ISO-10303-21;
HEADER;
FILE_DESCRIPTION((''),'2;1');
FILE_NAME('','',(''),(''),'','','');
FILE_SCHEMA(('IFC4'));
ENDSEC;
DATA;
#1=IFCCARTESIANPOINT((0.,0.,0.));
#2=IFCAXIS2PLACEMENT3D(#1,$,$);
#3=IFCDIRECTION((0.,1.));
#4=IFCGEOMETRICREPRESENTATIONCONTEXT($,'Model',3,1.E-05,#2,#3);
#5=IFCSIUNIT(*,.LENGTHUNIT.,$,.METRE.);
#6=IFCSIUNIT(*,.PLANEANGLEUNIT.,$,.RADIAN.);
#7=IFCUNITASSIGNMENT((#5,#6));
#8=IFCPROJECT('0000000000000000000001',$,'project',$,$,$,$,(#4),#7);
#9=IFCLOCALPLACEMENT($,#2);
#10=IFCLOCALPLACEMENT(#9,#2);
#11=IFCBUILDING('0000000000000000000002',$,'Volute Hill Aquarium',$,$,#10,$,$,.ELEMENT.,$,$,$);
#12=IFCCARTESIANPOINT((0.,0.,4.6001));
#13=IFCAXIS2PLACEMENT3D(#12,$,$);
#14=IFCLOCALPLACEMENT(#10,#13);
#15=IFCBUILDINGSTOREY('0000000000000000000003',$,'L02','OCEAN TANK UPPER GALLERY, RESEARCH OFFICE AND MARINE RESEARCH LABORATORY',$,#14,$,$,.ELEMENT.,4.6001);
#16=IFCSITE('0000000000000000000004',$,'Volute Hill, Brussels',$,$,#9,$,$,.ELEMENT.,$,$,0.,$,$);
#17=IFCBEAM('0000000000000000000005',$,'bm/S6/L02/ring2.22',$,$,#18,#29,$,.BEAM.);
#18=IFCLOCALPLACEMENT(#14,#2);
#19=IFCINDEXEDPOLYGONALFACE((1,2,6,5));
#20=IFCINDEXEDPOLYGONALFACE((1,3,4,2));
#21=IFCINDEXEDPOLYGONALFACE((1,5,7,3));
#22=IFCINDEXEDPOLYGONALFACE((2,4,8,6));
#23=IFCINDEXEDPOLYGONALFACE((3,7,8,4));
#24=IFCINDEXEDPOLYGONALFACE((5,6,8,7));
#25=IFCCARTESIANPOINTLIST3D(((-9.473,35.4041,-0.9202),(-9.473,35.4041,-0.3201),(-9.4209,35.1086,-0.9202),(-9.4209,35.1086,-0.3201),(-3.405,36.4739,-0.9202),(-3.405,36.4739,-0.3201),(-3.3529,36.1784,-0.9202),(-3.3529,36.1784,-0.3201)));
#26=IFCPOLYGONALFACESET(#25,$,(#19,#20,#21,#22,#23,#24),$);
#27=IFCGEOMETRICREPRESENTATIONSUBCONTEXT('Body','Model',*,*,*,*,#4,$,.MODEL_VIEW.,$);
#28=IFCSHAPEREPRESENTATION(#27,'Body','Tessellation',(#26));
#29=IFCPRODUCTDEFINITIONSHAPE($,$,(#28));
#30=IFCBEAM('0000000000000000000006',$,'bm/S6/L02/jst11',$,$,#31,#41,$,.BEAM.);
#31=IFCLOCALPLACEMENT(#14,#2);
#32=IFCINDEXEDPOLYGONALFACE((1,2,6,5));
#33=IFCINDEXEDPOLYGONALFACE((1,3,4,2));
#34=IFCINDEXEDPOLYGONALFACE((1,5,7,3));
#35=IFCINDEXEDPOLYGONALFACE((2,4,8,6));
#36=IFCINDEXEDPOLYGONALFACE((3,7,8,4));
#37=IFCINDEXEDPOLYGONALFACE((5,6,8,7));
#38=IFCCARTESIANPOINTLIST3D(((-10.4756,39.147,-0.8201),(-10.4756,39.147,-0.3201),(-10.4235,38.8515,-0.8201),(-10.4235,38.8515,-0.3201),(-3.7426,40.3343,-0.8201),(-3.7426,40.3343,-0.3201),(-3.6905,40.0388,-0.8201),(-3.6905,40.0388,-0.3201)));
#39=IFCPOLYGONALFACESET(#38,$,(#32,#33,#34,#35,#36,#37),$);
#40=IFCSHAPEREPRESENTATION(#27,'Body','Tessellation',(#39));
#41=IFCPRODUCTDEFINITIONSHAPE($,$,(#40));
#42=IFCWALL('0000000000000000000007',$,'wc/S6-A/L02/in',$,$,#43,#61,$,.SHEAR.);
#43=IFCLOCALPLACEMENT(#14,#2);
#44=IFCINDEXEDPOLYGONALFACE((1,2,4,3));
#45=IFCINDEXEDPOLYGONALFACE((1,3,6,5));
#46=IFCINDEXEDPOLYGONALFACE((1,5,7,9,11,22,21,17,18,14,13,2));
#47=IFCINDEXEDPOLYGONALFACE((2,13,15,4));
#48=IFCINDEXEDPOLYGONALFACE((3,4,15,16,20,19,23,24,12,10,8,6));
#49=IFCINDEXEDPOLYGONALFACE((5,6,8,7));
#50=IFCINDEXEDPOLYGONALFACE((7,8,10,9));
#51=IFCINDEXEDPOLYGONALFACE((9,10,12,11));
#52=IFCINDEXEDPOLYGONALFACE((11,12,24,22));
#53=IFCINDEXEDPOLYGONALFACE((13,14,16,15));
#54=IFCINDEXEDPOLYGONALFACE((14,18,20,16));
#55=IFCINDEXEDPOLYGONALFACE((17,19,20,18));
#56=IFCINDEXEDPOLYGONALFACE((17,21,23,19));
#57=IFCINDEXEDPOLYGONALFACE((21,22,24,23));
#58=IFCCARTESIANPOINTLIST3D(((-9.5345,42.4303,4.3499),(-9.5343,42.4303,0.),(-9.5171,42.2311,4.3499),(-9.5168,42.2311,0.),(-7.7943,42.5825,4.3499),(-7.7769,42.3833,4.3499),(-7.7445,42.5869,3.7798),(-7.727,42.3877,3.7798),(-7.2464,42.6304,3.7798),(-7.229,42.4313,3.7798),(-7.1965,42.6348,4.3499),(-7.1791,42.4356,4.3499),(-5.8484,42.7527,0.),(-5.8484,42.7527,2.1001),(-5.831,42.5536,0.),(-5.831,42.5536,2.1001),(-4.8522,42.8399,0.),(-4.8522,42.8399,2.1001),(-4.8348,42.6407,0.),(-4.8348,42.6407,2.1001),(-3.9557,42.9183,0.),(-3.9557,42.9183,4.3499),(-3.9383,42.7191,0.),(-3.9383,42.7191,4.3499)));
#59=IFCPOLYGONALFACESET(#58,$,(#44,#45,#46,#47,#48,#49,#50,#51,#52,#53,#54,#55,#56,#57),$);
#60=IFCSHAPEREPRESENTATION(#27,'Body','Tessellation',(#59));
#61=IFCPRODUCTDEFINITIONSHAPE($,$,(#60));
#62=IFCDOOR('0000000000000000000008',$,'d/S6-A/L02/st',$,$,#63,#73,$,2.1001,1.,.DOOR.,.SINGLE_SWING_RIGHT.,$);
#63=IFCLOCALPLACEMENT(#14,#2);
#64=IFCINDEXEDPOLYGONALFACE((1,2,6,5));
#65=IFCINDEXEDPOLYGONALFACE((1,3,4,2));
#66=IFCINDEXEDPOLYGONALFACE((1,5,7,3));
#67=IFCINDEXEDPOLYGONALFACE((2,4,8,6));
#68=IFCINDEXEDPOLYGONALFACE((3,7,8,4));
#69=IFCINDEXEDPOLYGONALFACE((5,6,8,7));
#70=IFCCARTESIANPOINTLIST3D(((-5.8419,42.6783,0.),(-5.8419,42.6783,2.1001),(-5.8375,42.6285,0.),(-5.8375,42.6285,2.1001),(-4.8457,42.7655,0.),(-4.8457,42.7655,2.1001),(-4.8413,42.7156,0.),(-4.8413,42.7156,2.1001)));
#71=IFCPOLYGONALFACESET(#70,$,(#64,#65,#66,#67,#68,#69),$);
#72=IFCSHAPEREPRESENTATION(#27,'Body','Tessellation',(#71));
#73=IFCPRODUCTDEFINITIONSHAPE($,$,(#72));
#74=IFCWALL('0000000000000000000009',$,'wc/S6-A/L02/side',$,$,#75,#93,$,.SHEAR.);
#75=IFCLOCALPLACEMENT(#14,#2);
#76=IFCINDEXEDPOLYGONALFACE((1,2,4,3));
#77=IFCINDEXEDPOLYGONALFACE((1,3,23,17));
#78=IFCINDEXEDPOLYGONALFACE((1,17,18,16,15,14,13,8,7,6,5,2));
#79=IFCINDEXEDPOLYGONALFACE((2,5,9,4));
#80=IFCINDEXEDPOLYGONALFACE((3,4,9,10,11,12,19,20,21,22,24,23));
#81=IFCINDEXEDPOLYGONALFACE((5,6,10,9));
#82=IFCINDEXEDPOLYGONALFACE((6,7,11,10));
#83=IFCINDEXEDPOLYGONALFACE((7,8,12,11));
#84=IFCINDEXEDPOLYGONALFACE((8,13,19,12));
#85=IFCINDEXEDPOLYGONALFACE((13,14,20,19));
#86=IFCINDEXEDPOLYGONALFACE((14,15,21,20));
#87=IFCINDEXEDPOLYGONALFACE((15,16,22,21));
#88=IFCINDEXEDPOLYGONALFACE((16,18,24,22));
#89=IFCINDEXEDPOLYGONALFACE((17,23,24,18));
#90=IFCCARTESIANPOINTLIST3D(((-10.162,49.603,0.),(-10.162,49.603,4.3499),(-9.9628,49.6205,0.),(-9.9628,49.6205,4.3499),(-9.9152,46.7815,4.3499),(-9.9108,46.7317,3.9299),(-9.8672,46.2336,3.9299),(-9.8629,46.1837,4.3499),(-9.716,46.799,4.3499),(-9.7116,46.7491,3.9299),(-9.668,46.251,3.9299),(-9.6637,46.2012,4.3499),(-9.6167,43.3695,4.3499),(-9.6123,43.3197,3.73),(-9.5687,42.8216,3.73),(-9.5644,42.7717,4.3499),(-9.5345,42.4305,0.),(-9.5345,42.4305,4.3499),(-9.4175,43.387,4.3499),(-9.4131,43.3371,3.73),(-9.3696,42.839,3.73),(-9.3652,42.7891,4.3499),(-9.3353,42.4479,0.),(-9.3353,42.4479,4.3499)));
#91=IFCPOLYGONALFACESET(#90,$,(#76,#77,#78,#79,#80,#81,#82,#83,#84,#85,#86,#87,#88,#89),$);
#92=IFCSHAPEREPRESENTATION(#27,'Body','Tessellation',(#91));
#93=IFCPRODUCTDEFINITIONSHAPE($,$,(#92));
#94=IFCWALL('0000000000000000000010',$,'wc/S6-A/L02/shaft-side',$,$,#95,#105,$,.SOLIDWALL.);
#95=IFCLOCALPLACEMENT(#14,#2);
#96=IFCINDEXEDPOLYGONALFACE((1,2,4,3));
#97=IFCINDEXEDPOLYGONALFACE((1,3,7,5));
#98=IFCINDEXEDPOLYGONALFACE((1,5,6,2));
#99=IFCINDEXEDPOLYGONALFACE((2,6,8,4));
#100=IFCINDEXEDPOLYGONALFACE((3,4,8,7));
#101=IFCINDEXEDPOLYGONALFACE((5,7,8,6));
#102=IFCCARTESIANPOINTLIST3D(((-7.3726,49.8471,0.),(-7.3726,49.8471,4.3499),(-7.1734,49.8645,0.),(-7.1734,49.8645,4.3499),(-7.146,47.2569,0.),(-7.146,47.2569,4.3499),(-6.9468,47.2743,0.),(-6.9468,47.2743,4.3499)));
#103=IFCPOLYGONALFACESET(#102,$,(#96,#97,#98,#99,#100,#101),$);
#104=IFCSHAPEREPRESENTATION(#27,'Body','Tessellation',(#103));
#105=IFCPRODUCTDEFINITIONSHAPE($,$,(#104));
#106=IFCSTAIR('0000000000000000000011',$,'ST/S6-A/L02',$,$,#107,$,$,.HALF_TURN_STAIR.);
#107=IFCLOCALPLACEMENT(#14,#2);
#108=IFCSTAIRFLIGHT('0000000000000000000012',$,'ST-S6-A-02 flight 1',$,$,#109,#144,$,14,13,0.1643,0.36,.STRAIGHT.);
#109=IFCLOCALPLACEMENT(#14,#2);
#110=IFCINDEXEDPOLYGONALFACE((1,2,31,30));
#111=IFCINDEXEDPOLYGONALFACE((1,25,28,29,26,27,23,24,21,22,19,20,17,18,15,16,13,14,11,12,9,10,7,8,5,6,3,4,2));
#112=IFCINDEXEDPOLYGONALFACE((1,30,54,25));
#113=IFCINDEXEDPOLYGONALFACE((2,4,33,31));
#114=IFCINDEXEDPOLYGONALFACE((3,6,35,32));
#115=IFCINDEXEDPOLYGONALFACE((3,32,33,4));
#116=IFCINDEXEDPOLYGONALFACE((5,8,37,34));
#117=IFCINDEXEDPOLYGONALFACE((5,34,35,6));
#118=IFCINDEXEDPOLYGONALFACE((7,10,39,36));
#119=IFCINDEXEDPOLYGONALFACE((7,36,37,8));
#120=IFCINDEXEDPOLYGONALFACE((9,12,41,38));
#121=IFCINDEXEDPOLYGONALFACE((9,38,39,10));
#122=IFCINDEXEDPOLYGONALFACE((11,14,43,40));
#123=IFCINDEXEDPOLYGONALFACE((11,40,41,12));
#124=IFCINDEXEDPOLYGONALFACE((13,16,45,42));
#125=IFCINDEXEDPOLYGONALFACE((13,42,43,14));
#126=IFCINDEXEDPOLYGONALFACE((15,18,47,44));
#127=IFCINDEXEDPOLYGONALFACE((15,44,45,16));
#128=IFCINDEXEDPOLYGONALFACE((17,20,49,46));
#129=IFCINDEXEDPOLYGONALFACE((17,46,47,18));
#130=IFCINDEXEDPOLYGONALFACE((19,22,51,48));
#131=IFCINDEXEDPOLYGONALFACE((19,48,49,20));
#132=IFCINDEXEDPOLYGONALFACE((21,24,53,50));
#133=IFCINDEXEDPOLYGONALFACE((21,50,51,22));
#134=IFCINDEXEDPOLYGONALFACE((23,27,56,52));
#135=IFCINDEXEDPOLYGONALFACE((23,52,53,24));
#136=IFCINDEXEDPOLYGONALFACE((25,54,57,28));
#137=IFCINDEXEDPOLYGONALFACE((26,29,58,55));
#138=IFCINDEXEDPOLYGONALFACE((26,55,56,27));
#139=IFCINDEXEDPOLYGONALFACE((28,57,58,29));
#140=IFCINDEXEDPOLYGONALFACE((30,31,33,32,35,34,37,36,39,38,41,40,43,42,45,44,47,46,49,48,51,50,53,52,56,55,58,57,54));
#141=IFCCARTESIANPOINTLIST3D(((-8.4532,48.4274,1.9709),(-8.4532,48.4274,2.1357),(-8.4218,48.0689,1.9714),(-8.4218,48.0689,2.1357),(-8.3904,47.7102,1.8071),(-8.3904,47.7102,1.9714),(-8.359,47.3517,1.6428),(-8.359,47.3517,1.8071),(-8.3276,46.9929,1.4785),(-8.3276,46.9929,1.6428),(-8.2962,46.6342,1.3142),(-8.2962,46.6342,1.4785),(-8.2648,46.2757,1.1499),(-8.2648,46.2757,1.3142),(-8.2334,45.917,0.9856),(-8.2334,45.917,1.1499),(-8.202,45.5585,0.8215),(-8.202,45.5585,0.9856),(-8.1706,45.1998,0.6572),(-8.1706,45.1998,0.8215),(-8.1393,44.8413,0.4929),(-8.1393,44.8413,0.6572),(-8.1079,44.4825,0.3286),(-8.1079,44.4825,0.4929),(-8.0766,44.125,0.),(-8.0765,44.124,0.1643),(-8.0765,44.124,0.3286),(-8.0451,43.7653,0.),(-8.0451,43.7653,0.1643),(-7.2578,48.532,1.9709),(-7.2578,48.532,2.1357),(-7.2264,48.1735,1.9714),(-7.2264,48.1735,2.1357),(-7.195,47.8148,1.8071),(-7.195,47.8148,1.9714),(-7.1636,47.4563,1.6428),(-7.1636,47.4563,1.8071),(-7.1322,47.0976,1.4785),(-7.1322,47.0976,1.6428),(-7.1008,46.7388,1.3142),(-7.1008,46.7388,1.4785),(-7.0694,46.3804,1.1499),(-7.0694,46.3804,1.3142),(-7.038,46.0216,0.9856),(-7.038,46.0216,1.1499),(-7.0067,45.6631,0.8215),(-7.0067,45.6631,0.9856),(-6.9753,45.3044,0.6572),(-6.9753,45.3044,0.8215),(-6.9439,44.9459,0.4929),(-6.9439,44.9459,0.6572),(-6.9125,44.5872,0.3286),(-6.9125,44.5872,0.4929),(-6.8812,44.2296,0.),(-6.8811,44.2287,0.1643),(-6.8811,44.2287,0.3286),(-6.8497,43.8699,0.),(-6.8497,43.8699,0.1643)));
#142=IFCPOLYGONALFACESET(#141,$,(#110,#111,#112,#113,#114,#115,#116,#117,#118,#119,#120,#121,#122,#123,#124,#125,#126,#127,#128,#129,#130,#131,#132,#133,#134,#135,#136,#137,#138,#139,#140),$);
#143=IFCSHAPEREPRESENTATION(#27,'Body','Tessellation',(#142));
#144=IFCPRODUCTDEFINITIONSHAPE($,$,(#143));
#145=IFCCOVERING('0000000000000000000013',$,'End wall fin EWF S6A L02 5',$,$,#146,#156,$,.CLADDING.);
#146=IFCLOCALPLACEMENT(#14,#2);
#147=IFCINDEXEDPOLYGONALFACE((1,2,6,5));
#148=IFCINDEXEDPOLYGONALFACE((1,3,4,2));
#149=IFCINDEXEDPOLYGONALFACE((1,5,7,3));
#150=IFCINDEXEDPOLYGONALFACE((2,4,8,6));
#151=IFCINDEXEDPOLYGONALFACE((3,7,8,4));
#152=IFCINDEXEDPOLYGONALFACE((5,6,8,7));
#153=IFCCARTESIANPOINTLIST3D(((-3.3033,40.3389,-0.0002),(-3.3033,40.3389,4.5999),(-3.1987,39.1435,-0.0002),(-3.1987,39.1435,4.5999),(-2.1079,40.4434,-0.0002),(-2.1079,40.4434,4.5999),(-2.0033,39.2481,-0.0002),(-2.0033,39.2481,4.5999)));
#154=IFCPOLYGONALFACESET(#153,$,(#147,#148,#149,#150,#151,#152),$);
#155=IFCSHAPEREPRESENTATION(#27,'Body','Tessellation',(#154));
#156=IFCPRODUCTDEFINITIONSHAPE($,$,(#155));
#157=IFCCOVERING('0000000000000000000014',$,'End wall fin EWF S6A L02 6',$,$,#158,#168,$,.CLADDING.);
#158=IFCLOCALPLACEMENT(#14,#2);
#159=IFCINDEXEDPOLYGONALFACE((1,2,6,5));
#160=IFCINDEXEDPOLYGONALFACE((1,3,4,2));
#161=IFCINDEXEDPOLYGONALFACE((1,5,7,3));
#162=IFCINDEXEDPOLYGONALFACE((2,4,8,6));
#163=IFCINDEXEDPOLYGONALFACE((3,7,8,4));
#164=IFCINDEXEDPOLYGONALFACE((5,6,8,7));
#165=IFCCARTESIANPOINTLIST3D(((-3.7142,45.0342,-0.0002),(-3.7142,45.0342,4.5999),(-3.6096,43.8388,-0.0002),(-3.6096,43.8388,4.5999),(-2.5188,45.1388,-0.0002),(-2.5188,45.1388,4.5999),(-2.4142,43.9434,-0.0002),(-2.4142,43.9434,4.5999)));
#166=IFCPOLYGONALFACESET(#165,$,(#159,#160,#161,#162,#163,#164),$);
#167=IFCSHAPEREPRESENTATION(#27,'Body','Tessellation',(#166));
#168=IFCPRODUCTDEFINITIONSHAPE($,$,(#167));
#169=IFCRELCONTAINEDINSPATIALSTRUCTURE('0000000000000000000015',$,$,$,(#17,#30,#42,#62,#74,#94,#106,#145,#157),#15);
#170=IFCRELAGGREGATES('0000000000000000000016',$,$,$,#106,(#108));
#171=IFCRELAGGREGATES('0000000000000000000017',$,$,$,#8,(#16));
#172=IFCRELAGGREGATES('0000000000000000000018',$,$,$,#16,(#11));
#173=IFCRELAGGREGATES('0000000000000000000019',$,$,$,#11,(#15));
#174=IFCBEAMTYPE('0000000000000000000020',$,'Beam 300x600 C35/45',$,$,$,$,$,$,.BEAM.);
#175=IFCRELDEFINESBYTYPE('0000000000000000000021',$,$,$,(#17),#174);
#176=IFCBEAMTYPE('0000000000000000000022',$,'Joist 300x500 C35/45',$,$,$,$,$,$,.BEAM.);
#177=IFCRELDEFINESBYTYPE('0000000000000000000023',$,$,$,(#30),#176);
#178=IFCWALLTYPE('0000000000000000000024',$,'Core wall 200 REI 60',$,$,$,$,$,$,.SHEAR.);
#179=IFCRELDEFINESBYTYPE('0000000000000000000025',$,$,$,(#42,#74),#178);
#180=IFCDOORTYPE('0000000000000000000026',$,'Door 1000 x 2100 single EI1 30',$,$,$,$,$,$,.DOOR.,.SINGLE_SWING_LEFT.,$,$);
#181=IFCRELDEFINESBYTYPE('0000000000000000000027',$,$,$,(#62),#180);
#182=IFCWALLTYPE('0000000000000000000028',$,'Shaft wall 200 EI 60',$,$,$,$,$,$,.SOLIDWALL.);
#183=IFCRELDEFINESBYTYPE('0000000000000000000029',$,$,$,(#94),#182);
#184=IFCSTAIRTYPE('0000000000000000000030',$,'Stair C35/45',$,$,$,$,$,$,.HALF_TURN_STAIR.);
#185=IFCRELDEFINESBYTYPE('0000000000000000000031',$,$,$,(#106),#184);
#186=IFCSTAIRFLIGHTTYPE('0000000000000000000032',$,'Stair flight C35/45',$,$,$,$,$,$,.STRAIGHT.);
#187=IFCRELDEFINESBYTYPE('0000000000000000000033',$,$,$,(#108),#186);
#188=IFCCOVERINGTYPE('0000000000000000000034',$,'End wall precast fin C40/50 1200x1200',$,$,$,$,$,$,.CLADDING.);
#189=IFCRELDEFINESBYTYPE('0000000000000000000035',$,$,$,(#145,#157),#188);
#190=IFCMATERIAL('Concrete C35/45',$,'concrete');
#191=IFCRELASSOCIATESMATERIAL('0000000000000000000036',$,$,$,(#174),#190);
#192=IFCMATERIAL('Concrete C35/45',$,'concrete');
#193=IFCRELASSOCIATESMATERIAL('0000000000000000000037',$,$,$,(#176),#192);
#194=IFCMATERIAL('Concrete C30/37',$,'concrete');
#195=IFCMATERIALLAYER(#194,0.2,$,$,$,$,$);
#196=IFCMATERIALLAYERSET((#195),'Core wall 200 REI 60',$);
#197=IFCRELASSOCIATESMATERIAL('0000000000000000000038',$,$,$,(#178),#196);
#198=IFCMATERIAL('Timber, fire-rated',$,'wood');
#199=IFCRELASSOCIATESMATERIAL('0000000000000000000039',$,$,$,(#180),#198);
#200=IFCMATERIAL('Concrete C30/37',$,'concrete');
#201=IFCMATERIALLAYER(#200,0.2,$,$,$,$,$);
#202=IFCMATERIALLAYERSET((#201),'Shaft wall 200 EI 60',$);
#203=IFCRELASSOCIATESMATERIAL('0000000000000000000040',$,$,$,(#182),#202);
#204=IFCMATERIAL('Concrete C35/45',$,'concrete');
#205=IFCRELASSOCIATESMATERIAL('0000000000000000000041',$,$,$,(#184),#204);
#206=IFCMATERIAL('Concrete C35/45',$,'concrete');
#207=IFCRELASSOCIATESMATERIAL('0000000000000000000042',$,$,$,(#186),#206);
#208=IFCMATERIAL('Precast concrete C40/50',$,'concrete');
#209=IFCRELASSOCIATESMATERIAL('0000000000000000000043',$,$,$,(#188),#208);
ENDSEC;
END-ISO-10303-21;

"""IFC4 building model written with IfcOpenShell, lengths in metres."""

from ifc_helpers import new_model, si_unit, direction, frame, frame_2d, origin, origin_2d, place, context, subcontext, project, spatial, polyline, rectangle, outline, extrude, material, layer, layer_set, material_profile, profile_set, type_object, element, fill, aggregate, save


model = new_model("IFC4")

# Units and contexts
model_context = context("Model", 3, precision=1e-05, world=origin(), true_north=direction((0.0, 1.0)))
body_context = subcontext(model_context, "Body", "Model", "MODEL_VIEW")
ifc_project = project(units=[si_unit("LENGTHUNIT", "METRE"), si_unit("PLANEANGLEUNIT", "RADIAN")], contexts=[model_context])

# Site, building, storey
site_placement = place(None, origin())
site = spatial("IfcSite", under=ifc_project, at=site_placement, Name="Volute Hill, Brussels", CompositionType="ELEMENT", RefElevation=0.0)
building_placement = place(site_placement, origin())
building = spatial("IfcBuilding", under=site, at=building_placement, Name="Volute Hill Aquarium", CompositionType="ELEMENT")
storey_placement = place(building_placement, frame((0.0, 0.0, 4.6001)))
storey = spatial("IfcBuildingStorey", under=building, at=storey_placement, Name="L02", Description="OCEAN TANK UPPER GALLERY, RESEARCH OFFICE AND MARINE RESEARCH LABORATORY", CompositionType="ELEMENT", Elevation=4.6001)

# Beams
ifc_material_1 = material(Name="Concrete C35/45", Category="concrete")
ifc_material_profile_1 = material_profile(ifc_material_1, rectangle(XDim=0.3, YDim=0.6001, at=origin_2d()), Name="RC beam 300x600")
ifc_profile_set_1 = profile_set([ifc_material_profile_1], Name="Concrete C35/45")
beam_type_1 = type_object("IfcBeamType", Name="Beam 300x600 C35/45", PredefinedType="BEAM", material=ifc_profile_set_1)
beam_1_placement = place(storey_placement, frame((-3.3789, 36.3262, -0.6201), z_axis=(-0.984812, -0.173625, 0.0), x_axis=(0.173625, -0.984812, 0.0)))
element("IfcBeam", 1, at=beam_1_placement, inside=storey, type_object=beam_type_1, Name="bm/S6/L02/ring2.22", PredefinedType="BEAM", context=body_context, shape_type="SweptSolid", body=[
    extrude(rectangle(XDim=0.3, YDim=0.6001, at=origin_2d()), origin(), (0.0, 0.0, 1.0), 6.1616),
])
ifc_material_2 = material(Name="Concrete C35/45", Category="concrete")
ifc_material_profile_2 = material_profile(ifc_material_2, rectangle(XDim=0.3, YDim=0.5, at=origin_2d()), Name="RC joist 300x500")
ifc_profile_set_2 = profile_set([ifc_material_profile_2], Name="Concrete C35/45")
beam_type_2 = type_object("IfcBeamType", Name="Joist 300x500 C35/45", PredefinedType="BEAM", material=ifc_profile_set_2)
beam_2_placement = place(storey_placement, frame((-3.7166, 40.1865, -0.5701), z_axis=(-0.984807, -0.173651, 0.0), x_axis=(0.173651, -0.984807, 0.0)))
element("IfcBeam", 2, at=beam_2_placement, inside=storey, type_object=beam_type_2, Name="bm/S6/L02/jst11", PredefinedType="BEAM", context=body_context, shape_type="SweptSolid", body=[
    extrude(rectangle(XDim=0.3, YDim=0.5, at=origin_2d()), origin(), (0.0, 0.0, 1.0), 6.8369),
])

# Wall, opening, door
ifc_material_3 = material(Name="Concrete C30/37", Category="concrete")
ifc_layer_1 = layer(ifc_material_3, 0.2)
ifc_layer_set_1 = layer_set([ifc_layer_1], Name="Core wall 200 REI 60")
wall_type_1 = type_object("IfcWallType", Name="Core wall 200 REI 60", PredefinedType="SHEAR", material=ifc_layer_set_1)
wall_1_placement = place(storey_placement, frame((-3.947, 42.8188, 0.0), z_axis=(0.0, 0.0, 1.0), x_axis=(-0.996195, -0.087151, 0.0)))
wall_1 = element("IfcWall", 3, at=wall_1_placement, inside=storey, type_object=wall_type_1, Name="wc/S6-A/L02/in", PredefinedType="SHEAR", context=body_context, shape_type="SweptSolid", body=[
    extrude(outline(polyline([(0.0, 0.0), (5.5999, 0.0), (5.6001, 4.3499), (3.8533, 4.3499), (3.8032, 3.7798), (3.3032, 3.7798), (3.2532, 4.3499), (0.0, 4.3499), (0.0, 0.0)])), frame((0.0, 0.1001, 0.0), z_axis=(0.0, -1.0, 0.0), x_axis=(1.0, 0.0, 0.0)), (0.0, 0.0, 1.0), 0.2),
])
opening_placement = place(wall_1_placement, frame((0.8999, 0.0, 0.0)))
opening = element("IfcOpeningElement", 4, at=opening_placement, cuts=wall_1, PredefinedType="OPENING", context=body_context, shape_type="SweptSolid", body=[
    extrude(rectangle(XDim=1.0, YDim=2.1001, at=frame_2d((0.5, 1.05))), frame((0.0, 0.1099, 0.0), z_axis=(0.0, -1.0, 0.0), x_axis=(1.0, 0.0, 0.0)), (0.0, 0.0, 1.0), 0.22),
])
ifc_material_4 = material(Name="Timber, fire-rated", Category="wood")
door_type = type_object("IfcDoorType", Name="Door 1000 x 2100 single EI1 30", OperationType="SINGLE_SWING_LEFT", PredefinedType="DOOR", material=ifc_material_4)
door_placement = place(opening_placement, origin())
door = element("IfcDoor", 5, at=door_placement, inside=storey, type_object=door_type, Name="d/S6-A/L02/st", OperationType="SINGLE_SWING_RIGHT", OverallHeight=2.1001, OverallWidth=1.0, PredefinedType="DOOR", context=body_context, shape_type="SweptSolid", body=[
    extrude(rectangle(XDim=1.0, YDim=2.1001, at=frame_2d((0.5, 1.05))), frame((0.0, 0.0249, 0.0), z_axis=(0.0, -1.0, 0.0), x_axis=(1.0, 0.0, 0.0)), (0.0, 0.0, 1.0), 0.05),
])
fill(opening, door)

# Walls
wall_2_placement = place(storey_placement, frame((-9.4348, 42.4392, 0.0), z_axis=(0.0, 0.0, 1.0), x_axis=(-0.087145, 0.996196, 0.0)))
element("IfcWall", 6, at=wall_2_placement, inside=storey, type_object=wall_type_1, Name="wc/S6-A/L02/side", PredefinedType="SHEAR", context=body_context, shape_type="SweptSolid", body=[
    extrude(outline(polyline([(0.0, 0.0), (7.2, 0.0), (7.2, 4.3499), (4.3677, 4.3499), (4.3176, 3.9299), (3.8176, 3.9299), (3.7676, 4.3499), (0.9426, 4.3499), (0.8926, 3.73), (0.3926, 3.73), (0.3425, 4.3499), (0.0, 4.3499), (0.0, 0.0)])), frame((0.0, 0.1001, 0.0), z_axis=(0.0, -1.0, 0.0), x_axis=(1.0, 0.0, 0.0)), (0.0, 0.0, 1.0), 0.2),
])
ifc_material_5 = material(Name="Concrete C30/37", Category="concrete")
ifc_layer_2 = layer(ifc_material_5, 0.2)
ifc_layer_set_2 = layer_set([ifc_layer_2], Name="Shaft wall 200 EI 60")
wall_type_2 = type_object("IfcWallType", Name="Shaft wall 200 EI 60", PredefinedType="SOLIDWALL", material=ifc_layer_set_2)
wall_3_placement = place(storey_placement, frame((-7.0464, 47.2656, 0.0), z_axis=(0.0, 0.0, 1.0), x_axis=(-0.08714, 0.996196, 0.0)))
element("IfcWall", 7, at=wall_3_placement, inside=storey, type_object=wall_type_2, Name="wc/S6-A/L02/shaft-side", PredefinedType="SOLIDWALL", context=body_context, shape_type="SweptSolid", body=[
    extrude(rectangle(XDim=2.6001, YDim=0.2, at=frame_2d((1.3, 0.0))), origin(), (0.0, 0.0, 1.0), 4.3499),
])

# Stair, stair flight
ifc_material_6 = material(Name="Concrete C35/45", Category="concrete")
stair_type = type_object("IfcStairType", Name="Stair C35/45", PredefinedType="HALF_TURN_STAIR", material=ifc_material_6)
stair_placement = place(storey_placement, origin())
stair = element("IfcStair", 8, at=stair_placement, inside=storey, type_object=stair_type, Name="ST/S6-A/L02", PredefinedType="HALF_TURN_STAIR")
ifc_material_7 = material(Name="Concrete C35/45", Category="concrete")
stair_flight_type = type_object("IfcStairFlightType", Name="Stair flight C35/45", PredefinedType="STRAIGHT", material=ifc_material_7)
stair_flight_placement = place(storey_placement, frame((-7.4473, 43.8176, 0.0), z_axis=(0.0, 0.0, 1.0), x_axis=(-0.087199, 0.996191, 0.0)))
stair_flight = element("IfcStairFlight", 9, at=stair_flight_placement, type_object=stair_flight_type, Name="ST-S6-A-02 flight 1", NumberOfRisers=14, NumberOfTreads=13, PredefinedType="STRAIGHT", RiserHeight=0.1643, TreadLength=0.36, context=body_context, shape_type="SweptSolid", body=[
    extrude(outline(polyline([(0.0, 0.0), (0.0, 0.1643), (0.3601, 0.1643), (0.3601, 0.3286), (0.72, 0.3286), (0.72, 0.4929), (1.0801, 0.4929), (1.0801, 0.6572), (1.4399, 0.6572), (1.4399, 0.8215), (1.8, 0.8215), (1.8, 0.9856), (2.1599, 0.9856), (2.1599, 1.1499), (2.52, 1.1499), (2.52, 1.3142), (2.8799, 1.3142), (2.8799, 1.4785), (3.24, 1.4785), (3.24, 1.6428), (3.6001, 1.6428), (3.6001, 1.8071), (3.96, 1.8071), (3.96, 1.9714), (4.3201, 1.9714), (4.3201, 2.1357), (4.6799, 2.1357), (4.6799, 2.3), (4.6799, 1.9709), (0.3611, 0.0), (0.0, 0.0)])), frame((0.0, 0.6001, 0.0), z_axis=(0.0, -1.0, 0.0), x_axis=(1.0, 0.0, 0.0)), (0.0, 0.0, 1.0), 1.2),
])
aggregate(stair, [stair_flight])

# Coverings
ifc_material_8 = material(Name="Precast concrete C40/50", Category="concrete")
covering_type_1 = type_object("IfcCoveringType", Name="End wall precast fin C40/50 1200x1200", PredefinedType="CLADDING", material=ifc_material_8)
for number, where, z_axis, x_axis, name in (
    (10, (-2.6533, 39.7935, -0.0002), (0.0, 0.0, 1.0), (-0.087155, 0.996195, 0.0), "End wall fin EWF S6A L02 5"),
    (11, (-3.0642, 44.4888, -0.0002), (0.0, 0.0, 1.0), (-0.087155, 0.996195, 0.0), "End wall fin EWF S6A L02 6"),
):
    element("IfcCovering", number, at=place(storey_placement, frame(where, z_axis=z_axis, x_axis=x_axis)), inside=storey, type_object=covering_type_1, Name=name, PredefinedType="CLADDING", context=body_context, shape_type="SweptSolid", body=[
        extrude(rectangle(XDim=1.2, YDim=1.2, at=origin_2d()), origin(), (0.0, 0.0, 1.0), 4.6001),
    ])

save(model, "model.ifc")
